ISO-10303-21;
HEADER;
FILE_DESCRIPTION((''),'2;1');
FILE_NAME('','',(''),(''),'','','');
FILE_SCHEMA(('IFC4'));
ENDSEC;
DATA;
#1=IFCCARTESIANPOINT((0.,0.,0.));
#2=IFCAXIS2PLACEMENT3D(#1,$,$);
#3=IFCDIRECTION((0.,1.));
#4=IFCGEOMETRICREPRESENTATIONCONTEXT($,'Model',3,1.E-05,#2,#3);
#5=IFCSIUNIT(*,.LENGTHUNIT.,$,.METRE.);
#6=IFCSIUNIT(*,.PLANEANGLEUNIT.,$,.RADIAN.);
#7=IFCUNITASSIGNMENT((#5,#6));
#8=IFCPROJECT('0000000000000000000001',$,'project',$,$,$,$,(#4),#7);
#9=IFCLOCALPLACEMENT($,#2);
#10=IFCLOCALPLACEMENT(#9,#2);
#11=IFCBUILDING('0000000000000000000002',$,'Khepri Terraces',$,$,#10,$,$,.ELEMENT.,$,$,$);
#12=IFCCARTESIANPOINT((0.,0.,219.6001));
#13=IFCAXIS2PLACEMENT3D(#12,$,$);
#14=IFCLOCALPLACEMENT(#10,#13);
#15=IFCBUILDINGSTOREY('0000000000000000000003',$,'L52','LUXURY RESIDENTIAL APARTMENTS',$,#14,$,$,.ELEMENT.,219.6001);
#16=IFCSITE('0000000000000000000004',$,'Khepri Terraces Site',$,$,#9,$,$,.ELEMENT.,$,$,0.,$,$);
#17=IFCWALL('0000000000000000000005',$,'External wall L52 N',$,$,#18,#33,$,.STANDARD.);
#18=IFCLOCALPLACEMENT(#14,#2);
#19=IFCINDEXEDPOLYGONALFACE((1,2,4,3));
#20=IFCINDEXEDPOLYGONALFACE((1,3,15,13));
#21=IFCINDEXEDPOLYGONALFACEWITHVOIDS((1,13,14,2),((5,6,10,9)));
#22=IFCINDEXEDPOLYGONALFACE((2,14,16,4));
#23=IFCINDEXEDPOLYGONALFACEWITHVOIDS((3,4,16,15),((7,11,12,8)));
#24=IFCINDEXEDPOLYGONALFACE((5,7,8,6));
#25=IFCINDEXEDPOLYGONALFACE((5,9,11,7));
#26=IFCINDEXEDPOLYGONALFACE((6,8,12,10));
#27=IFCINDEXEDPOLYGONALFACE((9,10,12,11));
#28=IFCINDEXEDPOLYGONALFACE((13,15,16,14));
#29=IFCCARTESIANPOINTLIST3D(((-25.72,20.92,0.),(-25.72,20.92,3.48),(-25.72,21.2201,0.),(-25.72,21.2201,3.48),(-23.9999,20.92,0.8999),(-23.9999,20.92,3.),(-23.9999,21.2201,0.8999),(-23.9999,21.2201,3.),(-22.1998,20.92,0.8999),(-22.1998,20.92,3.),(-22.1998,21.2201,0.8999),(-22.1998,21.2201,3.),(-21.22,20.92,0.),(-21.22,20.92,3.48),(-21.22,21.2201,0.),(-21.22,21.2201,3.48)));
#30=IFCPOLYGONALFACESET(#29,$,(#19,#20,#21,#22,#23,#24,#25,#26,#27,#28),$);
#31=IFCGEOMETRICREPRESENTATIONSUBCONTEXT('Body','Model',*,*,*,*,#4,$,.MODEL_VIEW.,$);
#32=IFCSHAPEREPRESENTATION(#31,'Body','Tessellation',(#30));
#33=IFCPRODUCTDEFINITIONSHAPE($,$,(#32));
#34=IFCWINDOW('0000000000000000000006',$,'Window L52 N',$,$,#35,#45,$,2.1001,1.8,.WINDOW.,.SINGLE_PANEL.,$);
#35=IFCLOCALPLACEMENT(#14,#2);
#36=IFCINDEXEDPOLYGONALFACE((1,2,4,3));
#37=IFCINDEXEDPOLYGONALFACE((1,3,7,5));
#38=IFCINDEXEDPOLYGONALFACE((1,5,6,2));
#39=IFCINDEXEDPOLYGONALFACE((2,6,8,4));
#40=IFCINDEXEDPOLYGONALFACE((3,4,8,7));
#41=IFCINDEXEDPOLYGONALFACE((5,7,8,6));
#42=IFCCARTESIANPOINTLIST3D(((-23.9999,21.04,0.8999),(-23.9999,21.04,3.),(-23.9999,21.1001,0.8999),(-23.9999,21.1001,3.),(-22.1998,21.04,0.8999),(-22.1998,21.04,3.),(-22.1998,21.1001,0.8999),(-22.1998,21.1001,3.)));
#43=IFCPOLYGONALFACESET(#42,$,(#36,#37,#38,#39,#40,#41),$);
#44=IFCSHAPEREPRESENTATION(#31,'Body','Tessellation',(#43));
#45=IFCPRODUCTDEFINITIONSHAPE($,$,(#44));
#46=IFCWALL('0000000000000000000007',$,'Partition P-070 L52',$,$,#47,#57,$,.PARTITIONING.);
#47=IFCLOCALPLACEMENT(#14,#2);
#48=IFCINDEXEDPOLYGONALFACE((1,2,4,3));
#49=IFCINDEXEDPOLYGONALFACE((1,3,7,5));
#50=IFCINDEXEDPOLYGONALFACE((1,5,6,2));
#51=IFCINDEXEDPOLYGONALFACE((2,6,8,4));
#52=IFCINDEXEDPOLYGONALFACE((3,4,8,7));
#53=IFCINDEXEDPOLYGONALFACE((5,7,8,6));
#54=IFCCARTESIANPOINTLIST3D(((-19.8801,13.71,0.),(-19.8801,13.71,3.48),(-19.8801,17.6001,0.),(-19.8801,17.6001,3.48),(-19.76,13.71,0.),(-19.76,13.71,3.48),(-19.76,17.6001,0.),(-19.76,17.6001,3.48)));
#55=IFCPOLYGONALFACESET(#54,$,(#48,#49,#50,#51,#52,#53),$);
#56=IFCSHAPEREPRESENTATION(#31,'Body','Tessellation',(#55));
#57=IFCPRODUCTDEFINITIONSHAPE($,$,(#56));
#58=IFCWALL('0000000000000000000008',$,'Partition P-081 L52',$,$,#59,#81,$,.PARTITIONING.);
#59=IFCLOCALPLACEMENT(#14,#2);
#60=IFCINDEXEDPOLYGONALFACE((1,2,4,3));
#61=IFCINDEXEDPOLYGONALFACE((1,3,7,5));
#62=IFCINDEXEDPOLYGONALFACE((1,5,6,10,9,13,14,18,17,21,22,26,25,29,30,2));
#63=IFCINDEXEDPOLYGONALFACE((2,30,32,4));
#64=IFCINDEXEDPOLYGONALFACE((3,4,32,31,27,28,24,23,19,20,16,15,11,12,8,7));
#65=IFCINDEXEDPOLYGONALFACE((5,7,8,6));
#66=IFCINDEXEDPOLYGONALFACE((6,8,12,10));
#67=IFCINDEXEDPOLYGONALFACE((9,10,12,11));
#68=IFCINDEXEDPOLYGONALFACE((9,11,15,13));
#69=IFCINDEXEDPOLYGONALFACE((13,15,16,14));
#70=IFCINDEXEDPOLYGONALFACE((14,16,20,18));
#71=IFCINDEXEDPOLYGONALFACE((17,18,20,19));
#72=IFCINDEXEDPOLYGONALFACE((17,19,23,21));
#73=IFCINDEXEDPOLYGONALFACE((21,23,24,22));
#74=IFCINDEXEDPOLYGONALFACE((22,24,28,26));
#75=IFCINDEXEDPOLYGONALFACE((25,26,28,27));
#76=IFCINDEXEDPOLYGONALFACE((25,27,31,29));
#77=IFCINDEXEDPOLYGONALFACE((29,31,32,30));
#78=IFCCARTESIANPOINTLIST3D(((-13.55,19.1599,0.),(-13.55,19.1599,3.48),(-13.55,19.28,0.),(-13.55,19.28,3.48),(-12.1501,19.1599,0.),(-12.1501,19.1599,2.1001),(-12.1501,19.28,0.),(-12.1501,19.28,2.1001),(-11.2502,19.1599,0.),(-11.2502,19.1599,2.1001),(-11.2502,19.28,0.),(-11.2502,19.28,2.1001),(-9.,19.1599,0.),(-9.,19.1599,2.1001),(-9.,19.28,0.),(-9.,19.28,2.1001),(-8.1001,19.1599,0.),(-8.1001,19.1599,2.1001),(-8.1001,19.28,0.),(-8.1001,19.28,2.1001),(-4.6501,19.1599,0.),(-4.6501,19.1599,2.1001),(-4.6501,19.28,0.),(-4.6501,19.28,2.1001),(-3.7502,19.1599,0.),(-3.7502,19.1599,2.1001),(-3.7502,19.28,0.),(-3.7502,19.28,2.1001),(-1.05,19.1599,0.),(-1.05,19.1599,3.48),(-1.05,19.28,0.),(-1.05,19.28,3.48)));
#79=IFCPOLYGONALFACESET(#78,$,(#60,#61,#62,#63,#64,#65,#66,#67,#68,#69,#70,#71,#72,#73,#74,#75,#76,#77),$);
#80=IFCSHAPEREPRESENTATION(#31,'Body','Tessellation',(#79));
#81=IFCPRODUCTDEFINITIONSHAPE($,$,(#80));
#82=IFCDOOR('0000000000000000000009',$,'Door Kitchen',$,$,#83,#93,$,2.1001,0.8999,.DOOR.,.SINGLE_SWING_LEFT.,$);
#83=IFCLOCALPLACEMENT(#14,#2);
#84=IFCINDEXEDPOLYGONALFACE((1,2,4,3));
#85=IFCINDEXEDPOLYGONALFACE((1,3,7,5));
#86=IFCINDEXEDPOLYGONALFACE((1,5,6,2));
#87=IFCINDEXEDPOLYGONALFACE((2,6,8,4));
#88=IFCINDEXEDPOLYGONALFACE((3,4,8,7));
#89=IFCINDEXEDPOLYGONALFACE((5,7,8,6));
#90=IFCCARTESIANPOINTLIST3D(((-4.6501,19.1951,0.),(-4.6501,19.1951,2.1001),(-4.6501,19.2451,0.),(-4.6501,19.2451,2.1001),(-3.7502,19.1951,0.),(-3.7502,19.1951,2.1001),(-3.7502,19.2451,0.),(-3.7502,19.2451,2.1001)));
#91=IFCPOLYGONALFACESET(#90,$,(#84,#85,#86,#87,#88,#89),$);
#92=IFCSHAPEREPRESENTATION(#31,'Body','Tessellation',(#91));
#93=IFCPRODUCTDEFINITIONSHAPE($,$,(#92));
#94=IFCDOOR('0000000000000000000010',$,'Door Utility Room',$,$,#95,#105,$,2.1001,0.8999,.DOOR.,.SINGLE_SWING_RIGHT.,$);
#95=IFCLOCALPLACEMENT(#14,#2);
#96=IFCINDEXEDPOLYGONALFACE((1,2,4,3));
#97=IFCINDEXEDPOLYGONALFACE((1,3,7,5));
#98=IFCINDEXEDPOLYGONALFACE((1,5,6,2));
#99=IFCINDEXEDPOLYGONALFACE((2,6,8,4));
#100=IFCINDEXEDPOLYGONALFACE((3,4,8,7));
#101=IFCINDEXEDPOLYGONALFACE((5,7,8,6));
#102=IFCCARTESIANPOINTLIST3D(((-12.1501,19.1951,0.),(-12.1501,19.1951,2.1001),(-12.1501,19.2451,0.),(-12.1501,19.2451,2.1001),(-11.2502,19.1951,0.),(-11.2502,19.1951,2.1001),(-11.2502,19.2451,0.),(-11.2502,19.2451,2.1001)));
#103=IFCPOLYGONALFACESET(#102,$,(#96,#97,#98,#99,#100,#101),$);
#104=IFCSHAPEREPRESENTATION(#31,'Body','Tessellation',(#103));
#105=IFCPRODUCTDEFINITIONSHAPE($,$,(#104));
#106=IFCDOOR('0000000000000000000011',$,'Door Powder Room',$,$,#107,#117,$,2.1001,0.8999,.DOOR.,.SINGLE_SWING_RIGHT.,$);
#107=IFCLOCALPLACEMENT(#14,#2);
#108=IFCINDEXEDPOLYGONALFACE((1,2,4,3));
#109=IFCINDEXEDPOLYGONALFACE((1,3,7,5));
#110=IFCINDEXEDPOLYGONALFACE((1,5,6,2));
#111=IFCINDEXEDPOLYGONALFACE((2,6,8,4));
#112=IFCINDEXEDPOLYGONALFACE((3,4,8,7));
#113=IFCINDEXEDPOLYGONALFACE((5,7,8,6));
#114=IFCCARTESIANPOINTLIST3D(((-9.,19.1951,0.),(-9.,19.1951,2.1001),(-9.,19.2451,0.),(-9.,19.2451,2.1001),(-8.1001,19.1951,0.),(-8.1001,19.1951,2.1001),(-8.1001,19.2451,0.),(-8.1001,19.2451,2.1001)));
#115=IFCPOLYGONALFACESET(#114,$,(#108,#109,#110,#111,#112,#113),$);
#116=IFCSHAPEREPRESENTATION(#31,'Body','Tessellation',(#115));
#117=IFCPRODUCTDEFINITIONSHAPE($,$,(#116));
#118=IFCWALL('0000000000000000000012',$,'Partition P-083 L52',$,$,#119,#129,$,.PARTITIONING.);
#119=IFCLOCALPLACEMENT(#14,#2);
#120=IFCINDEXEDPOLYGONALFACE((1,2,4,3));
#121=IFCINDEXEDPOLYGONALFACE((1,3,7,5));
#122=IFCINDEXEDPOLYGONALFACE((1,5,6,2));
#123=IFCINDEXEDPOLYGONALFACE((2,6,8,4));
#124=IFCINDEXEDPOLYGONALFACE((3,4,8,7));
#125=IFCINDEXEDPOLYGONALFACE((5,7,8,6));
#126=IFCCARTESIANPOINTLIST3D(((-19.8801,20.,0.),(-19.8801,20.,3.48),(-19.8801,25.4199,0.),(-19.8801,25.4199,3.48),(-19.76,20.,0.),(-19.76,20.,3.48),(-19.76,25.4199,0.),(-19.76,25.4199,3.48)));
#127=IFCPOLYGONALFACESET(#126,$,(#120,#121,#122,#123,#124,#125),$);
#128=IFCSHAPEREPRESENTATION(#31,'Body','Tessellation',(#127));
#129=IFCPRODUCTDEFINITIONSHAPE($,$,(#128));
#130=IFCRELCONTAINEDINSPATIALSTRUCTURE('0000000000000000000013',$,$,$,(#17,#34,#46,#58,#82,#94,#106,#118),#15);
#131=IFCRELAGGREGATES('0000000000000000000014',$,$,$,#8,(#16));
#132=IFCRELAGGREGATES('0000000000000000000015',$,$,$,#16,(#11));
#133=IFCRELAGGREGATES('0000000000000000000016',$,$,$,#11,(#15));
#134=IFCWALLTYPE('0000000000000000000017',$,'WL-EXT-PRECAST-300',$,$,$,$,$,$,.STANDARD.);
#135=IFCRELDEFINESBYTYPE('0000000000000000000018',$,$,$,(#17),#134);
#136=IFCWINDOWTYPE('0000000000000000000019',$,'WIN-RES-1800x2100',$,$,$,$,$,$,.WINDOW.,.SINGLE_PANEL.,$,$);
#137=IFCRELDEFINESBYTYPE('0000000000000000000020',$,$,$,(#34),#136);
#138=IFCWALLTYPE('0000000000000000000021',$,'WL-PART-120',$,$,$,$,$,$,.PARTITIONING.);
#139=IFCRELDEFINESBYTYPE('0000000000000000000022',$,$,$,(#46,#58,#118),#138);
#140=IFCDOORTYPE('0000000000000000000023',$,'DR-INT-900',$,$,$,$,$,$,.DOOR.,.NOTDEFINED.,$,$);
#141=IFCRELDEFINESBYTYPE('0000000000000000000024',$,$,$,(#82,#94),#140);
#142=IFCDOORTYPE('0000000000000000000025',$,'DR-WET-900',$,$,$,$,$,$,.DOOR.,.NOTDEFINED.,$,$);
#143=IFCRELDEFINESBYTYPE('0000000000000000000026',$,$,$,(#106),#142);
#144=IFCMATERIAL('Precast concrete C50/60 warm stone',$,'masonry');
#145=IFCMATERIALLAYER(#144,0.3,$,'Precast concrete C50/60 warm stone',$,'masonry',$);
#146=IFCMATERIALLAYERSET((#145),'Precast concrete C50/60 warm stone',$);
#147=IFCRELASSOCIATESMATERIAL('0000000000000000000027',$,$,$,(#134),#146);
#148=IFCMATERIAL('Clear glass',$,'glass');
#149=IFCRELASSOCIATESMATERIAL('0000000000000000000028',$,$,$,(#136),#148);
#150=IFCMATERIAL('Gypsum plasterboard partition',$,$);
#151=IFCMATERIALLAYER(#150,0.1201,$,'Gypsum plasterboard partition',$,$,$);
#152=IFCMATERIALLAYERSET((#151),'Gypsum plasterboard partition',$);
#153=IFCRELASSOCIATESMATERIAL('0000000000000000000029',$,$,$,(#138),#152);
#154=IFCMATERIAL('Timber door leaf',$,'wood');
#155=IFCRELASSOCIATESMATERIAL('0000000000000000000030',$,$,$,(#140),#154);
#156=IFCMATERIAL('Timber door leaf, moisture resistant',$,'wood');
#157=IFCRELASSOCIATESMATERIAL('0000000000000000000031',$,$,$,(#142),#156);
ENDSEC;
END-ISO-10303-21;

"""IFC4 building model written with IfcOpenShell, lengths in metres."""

from ifc_helpers import new_model, si_unit, direction, frame, frame_2d, origin, place, context, subcontext, project, spatial, rectangle, extrude, material, layer, layer_set, type_object, element, fill, save


model = new_model("IFC4")

# Units and contexts
model_context = context("Model", 3, precision=1e-05, world=origin(), true_north=direction((0.0, 1.0)))
body_context = subcontext(model_context, "Body", "Model", "MODEL_VIEW")
ifc_project = project(units=[si_unit("LENGTHUNIT", "METRE"), si_unit("PLANEANGLEUNIT", "RADIAN")], contexts=[model_context])

# Site, building, storey
site_placement = place(None, origin())
site = spatial("IfcSite", under=ifc_project, at=site_placement, Name="Khepri Terraces Site", CompositionType="ELEMENT", RefElevation=0.0)
building_placement = place(site_placement, origin())
building = spatial("IfcBuilding", under=site, at=building_placement, Name="Khepri Terraces", CompositionType="ELEMENT")
storey_placement = place(building_placement, frame((0.0, 0.0, 219.6001)))
storey = spatial("IfcBuildingStorey", under=building, at=storey_placement, Name="L52", Description="LUXURY RESIDENTIAL APARTMENTS", CompositionType="ELEMENT", Elevation=219.6001)

# Wall, opening, window
ifc_material_1 = material(Name="Precast concrete C50/60 warm stone", Category="masonry")
ifc_layer_1 = layer(ifc_material_1, 0.3, Name="Precast concrete C50/60 warm stone", Category="masonry")
ifc_layer_set_1 = layer_set([ifc_layer_1], Name="Precast concrete C50/60 warm stone")
wall_type_1 = type_object("IfcWallType", Name="WL-EXT-PRECAST-300", PredefinedType="STANDARD", material=ifc_layer_set_1)
ifc_material_2 = material(Name="Clear glass", Category="glass")
window_type = type_object("IfcWindowType", Name="WIN-RES-1800x2100", PartitioningType="SINGLE_PANEL", PredefinedType="WINDOW", material=ifc_material_2)
wall_1_placement = place(storey_placement, frame((-21.22, 21.0701, 0.0), z_axis=(0.0, 0.0, 1.0), x_axis=(-1.0, 0.0, 0.0)))
wall_1 = element("IfcWall", 1, at=wall_1_placement, inside=storey, type_object=wall_type_1, Name="External wall L52 N", PredefinedType="STANDARD", context=body_context, shape_type="SweptSolid", body=[
    extrude(rectangle(XDim=4.5, YDim=0.3, at=frame_2d((2.25, 0.0))), origin(), (0.0, 0.0, 1.0), 3.48),
])
opening_1_placement = place(wall_1_placement, frame((0.98, 0.0, 0.8999)))
opening_1 = element("IfcOpeningElement", 2, at=opening_1_placement, cuts=wall_1, PredefinedType="OPENING", context=body_context, shape_type="SweptSolid", body=[
    extrude(rectangle(XDim=1.8, YDim=2.1001, at=frame_2d((0.8999, 1.05))), frame((0.0, 0.1602, 0.0), z_axis=(0.0, -1.0, 0.0), x_axis=(1.0, 0.0, 0.0)), (0.0, 0.0, 1.0), 0.3201),
])
window_1_placement = place(opening_1_placement, origin())
window_1 = element("IfcWindow", 3, at=window_1_placement, inside=storey, type_object=window_type, Name="Window L52 N", OverallHeight=2.1001, OverallWidth=1.8, PartitioningType="SINGLE_PANEL", PredefinedType="WINDOW", context=body_context, shape_type="SweptSolid", body=[
    extrude(rectangle(XDim=1.8, YDim=2.1001, at=frame_2d((0.8999, 1.05))), frame((0.0, 0.03, 0.0), z_axis=(0.0, -1.0, 0.0), x_axis=(1.0, 0.0, 0.0)), (0.0, 0.0, 1.0), 0.0601),
])
fill(opening_1, window_1)

# Wall
ifc_material_3 = material(Name="Gypsum plasterboard partition")
ifc_layer_2 = layer(ifc_material_3, 0.1201, Name="Gypsum plasterboard partition")
ifc_layer_set_2 = layer_set([ifc_layer_2], Name="Gypsum plasterboard partition")
wall_type_2 = type_object("IfcWallType", Name="WL-PART-120", PredefinedType="PARTITIONING", material=ifc_layer_set_2)
wall_2_placement = place(storey_placement, frame((-19.8201, 13.71, 0.0), z_axis=(0.0, 0.0, 1.0), x_axis=(0.0, 1.0, 0.0)))
element("IfcWall", 4, at=wall_2_placement, inside=storey, type_object=wall_type_2, Name="Partition P-070 L52", PredefinedType="PARTITIONING", context=body_context, shape_type="SweptSolid", body=[
    extrude(rectangle(XDim=3.8901, YDim=0.1201, at=frame_2d((1.9451, 0.0))), origin(), (0.0, 0.0, 1.0), 3.48),
])

# Wall, openings, doors
wall_3_placement = place(storey_placement, frame((-13.55, 19.22, 0.0), z_axis=(0.0, 0.0, 1.0), x_axis=(1.0, 0.0, 0.0)))
wall_3 = element("IfcWall", 5, at=wall_3_placement, inside=storey, type_object=wall_type_2, Name="Partition P-081 L52", PredefinedType="PARTITIONING", context=body_context, shape_type="SweptSolid", body=[
    extrude(rectangle(XDim=12.5, YDim=0.1201, at=frame_2d((6.25, 0.0))), origin(), (0.0, 0.0, 1.0), 3.48),
])
opening_2_placement = place(wall_3_placement, frame((8.8999, 0.0, 0.0)))
opening_2 = element("IfcOpeningElement", 6, at=opening_2_placement, cuts=wall_3, PredefinedType="OPENING", context=body_context, shape_type="SweptSolid", body=[
    extrude(rectangle(XDim=0.8999, YDim=2.1001, at=frame_2d((0.45, 1.05))), frame((0.0, 0.0701, 0.0), z_axis=(0.0, -1.0, 0.0), x_axis=(1.0, 0.0, 0.0)), (0.0, 0.0, 1.0), 0.1401),
])
opening_3_placement = place(wall_3_placement, frame((4.55, 0.0, 0.0)))
opening_3 = element("IfcOpeningElement", 7, at=opening_3_placement, cuts=wall_3, PredefinedType="OPENING", context=body_context, shape_type="SweptSolid", body=[
    extrude(rectangle(XDim=0.8999, YDim=2.1001, at=frame_2d((0.45, 1.05))), frame((0.0, 0.0701, 0.0), z_axis=(0.0, -1.0, 0.0), x_axis=(1.0, 0.0, 0.0)), (0.0, 0.0, 1.0), 0.1401),
])
opening_4_placement = place(wall_3_placement, frame((1.3999, 0.0, 0.0)))
opening_4 = element("IfcOpeningElement", 8, at=opening_4_placement, cuts=wall_3, PredefinedType="OPENING", context=body_context, shape_type="SweptSolid", body=[
    extrude(rectangle(XDim=0.8999, YDim=2.1001, at=frame_2d((0.45, 1.05))), frame((0.0, 0.0701, 0.0), z_axis=(0.0, -1.0, 0.0), x_axis=(1.0, 0.0, 0.0)), (0.0, 0.0, 1.0), 0.1401),
])
ifc_material_4 = material(Name="Timber door leaf", Category="wood")
door_type_1 = type_object("IfcDoorType", Name="DR-INT-900", OperationType="NOTDEFINED", PredefinedType="DOOR", material=ifc_material_4)
door_1_placement = place(opening_2_placement, frame((0.8999, 0.0, 0.0), z_axis=(0.0, 0.0, 1.0), x_axis=(-1.0, 0.0, 0.0)))
door_1 = element("IfcDoor", 9, at=door_1_placement, inside=storey, type_object=door_type_1, Name="Door Kitchen", OperationType="SINGLE_SWING_LEFT", OverallHeight=2.1001, OverallWidth=0.8999, PredefinedType="DOOR", context=body_context, shape_type="SweptSolid", body=[
    extrude(rectangle(XDim=0.8999, YDim=2.1001, at=frame_2d((0.45, 1.05))), frame((0.0, 0.0249, 0.0), z_axis=(0.0, -1.0, 0.0), x_axis=(1.0, 0.0, 0.0)), (0.0, 0.0, 1.0), 0.05),
])
fill(opening_2, door_1)
door_2_placement = place(opening_4_placement, frame((0.8999, 0.0, 0.0), z_axis=(0.0, 0.0, 1.0), x_axis=(-1.0, 0.0, 0.0)))
door_2 = element("IfcDoor", 10, at=door_2_placement, inside=storey, type_object=door_type_1, Name="Door Utility Room", OperationType="SINGLE_SWING_RIGHT", OverallHeight=2.1001, OverallWidth=0.8999, PredefinedType="DOOR", context=body_context, shape_type="SweptSolid", body=[
    extrude(rectangle(XDim=0.8999, YDim=2.1001, at=frame_2d((0.45, 1.05))), frame((0.0, 0.0249, 0.0), z_axis=(0.0, -1.0, 0.0), x_axis=(1.0, 0.0, 0.0)), (0.0, 0.0, 1.0), 0.05),
])
fill(opening_4, door_2)
ifc_material_5 = material(Name="Timber door leaf, moisture resistant", Category="wood")
door_type_2 = type_object("IfcDoorType", Name="DR-WET-900", OperationType="NOTDEFINED", PredefinedType="DOOR", material=ifc_material_5)
door_3_placement = place(opening_3_placement, frame((0.8999, 0.0, 0.0), z_axis=(0.0, 0.0, 1.0), x_axis=(-1.0, 0.0, 0.0)))
door_3 = element("IfcDoor", 11, at=door_3_placement, inside=storey, type_object=door_type_2, Name="Door Powder Room", OperationType="SINGLE_SWING_RIGHT", OverallHeight=2.1001, OverallWidth=0.8999, PredefinedType="DOOR", context=body_context, shape_type="SweptSolid", body=[
    extrude(rectangle(XDim=0.8999, YDim=2.1001, at=frame_2d((0.45, 1.05))), frame((0.0, 0.0249, 0.0), z_axis=(0.0, -1.0, 0.0), x_axis=(1.0, 0.0, 0.0)), (0.0, 0.0, 1.0), 0.05),
])
fill(opening_3, door_3)

# Wall
wall_4_placement = place(storey_placement, frame((-19.8201, 20.0, 0.0), z_axis=(0.0, 0.0, 1.0), x_axis=(0.0, 1.0, 0.0)))
element("IfcWall", 12, at=wall_4_placement, inside=storey, type_object=wall_type_2, Name="Partition P-083 L52", PredefinedType="PARTITIONING", context=body_context, shape_type="SweptSolid", body=[
    extrude(rectangle(XDim=5.4199, YDim=0.1201, at=frame_2d((2.71, 0.0))), origin(), (0.0, 0.0, 1.0), 3.48),
])

save(model, "model.ifc")
